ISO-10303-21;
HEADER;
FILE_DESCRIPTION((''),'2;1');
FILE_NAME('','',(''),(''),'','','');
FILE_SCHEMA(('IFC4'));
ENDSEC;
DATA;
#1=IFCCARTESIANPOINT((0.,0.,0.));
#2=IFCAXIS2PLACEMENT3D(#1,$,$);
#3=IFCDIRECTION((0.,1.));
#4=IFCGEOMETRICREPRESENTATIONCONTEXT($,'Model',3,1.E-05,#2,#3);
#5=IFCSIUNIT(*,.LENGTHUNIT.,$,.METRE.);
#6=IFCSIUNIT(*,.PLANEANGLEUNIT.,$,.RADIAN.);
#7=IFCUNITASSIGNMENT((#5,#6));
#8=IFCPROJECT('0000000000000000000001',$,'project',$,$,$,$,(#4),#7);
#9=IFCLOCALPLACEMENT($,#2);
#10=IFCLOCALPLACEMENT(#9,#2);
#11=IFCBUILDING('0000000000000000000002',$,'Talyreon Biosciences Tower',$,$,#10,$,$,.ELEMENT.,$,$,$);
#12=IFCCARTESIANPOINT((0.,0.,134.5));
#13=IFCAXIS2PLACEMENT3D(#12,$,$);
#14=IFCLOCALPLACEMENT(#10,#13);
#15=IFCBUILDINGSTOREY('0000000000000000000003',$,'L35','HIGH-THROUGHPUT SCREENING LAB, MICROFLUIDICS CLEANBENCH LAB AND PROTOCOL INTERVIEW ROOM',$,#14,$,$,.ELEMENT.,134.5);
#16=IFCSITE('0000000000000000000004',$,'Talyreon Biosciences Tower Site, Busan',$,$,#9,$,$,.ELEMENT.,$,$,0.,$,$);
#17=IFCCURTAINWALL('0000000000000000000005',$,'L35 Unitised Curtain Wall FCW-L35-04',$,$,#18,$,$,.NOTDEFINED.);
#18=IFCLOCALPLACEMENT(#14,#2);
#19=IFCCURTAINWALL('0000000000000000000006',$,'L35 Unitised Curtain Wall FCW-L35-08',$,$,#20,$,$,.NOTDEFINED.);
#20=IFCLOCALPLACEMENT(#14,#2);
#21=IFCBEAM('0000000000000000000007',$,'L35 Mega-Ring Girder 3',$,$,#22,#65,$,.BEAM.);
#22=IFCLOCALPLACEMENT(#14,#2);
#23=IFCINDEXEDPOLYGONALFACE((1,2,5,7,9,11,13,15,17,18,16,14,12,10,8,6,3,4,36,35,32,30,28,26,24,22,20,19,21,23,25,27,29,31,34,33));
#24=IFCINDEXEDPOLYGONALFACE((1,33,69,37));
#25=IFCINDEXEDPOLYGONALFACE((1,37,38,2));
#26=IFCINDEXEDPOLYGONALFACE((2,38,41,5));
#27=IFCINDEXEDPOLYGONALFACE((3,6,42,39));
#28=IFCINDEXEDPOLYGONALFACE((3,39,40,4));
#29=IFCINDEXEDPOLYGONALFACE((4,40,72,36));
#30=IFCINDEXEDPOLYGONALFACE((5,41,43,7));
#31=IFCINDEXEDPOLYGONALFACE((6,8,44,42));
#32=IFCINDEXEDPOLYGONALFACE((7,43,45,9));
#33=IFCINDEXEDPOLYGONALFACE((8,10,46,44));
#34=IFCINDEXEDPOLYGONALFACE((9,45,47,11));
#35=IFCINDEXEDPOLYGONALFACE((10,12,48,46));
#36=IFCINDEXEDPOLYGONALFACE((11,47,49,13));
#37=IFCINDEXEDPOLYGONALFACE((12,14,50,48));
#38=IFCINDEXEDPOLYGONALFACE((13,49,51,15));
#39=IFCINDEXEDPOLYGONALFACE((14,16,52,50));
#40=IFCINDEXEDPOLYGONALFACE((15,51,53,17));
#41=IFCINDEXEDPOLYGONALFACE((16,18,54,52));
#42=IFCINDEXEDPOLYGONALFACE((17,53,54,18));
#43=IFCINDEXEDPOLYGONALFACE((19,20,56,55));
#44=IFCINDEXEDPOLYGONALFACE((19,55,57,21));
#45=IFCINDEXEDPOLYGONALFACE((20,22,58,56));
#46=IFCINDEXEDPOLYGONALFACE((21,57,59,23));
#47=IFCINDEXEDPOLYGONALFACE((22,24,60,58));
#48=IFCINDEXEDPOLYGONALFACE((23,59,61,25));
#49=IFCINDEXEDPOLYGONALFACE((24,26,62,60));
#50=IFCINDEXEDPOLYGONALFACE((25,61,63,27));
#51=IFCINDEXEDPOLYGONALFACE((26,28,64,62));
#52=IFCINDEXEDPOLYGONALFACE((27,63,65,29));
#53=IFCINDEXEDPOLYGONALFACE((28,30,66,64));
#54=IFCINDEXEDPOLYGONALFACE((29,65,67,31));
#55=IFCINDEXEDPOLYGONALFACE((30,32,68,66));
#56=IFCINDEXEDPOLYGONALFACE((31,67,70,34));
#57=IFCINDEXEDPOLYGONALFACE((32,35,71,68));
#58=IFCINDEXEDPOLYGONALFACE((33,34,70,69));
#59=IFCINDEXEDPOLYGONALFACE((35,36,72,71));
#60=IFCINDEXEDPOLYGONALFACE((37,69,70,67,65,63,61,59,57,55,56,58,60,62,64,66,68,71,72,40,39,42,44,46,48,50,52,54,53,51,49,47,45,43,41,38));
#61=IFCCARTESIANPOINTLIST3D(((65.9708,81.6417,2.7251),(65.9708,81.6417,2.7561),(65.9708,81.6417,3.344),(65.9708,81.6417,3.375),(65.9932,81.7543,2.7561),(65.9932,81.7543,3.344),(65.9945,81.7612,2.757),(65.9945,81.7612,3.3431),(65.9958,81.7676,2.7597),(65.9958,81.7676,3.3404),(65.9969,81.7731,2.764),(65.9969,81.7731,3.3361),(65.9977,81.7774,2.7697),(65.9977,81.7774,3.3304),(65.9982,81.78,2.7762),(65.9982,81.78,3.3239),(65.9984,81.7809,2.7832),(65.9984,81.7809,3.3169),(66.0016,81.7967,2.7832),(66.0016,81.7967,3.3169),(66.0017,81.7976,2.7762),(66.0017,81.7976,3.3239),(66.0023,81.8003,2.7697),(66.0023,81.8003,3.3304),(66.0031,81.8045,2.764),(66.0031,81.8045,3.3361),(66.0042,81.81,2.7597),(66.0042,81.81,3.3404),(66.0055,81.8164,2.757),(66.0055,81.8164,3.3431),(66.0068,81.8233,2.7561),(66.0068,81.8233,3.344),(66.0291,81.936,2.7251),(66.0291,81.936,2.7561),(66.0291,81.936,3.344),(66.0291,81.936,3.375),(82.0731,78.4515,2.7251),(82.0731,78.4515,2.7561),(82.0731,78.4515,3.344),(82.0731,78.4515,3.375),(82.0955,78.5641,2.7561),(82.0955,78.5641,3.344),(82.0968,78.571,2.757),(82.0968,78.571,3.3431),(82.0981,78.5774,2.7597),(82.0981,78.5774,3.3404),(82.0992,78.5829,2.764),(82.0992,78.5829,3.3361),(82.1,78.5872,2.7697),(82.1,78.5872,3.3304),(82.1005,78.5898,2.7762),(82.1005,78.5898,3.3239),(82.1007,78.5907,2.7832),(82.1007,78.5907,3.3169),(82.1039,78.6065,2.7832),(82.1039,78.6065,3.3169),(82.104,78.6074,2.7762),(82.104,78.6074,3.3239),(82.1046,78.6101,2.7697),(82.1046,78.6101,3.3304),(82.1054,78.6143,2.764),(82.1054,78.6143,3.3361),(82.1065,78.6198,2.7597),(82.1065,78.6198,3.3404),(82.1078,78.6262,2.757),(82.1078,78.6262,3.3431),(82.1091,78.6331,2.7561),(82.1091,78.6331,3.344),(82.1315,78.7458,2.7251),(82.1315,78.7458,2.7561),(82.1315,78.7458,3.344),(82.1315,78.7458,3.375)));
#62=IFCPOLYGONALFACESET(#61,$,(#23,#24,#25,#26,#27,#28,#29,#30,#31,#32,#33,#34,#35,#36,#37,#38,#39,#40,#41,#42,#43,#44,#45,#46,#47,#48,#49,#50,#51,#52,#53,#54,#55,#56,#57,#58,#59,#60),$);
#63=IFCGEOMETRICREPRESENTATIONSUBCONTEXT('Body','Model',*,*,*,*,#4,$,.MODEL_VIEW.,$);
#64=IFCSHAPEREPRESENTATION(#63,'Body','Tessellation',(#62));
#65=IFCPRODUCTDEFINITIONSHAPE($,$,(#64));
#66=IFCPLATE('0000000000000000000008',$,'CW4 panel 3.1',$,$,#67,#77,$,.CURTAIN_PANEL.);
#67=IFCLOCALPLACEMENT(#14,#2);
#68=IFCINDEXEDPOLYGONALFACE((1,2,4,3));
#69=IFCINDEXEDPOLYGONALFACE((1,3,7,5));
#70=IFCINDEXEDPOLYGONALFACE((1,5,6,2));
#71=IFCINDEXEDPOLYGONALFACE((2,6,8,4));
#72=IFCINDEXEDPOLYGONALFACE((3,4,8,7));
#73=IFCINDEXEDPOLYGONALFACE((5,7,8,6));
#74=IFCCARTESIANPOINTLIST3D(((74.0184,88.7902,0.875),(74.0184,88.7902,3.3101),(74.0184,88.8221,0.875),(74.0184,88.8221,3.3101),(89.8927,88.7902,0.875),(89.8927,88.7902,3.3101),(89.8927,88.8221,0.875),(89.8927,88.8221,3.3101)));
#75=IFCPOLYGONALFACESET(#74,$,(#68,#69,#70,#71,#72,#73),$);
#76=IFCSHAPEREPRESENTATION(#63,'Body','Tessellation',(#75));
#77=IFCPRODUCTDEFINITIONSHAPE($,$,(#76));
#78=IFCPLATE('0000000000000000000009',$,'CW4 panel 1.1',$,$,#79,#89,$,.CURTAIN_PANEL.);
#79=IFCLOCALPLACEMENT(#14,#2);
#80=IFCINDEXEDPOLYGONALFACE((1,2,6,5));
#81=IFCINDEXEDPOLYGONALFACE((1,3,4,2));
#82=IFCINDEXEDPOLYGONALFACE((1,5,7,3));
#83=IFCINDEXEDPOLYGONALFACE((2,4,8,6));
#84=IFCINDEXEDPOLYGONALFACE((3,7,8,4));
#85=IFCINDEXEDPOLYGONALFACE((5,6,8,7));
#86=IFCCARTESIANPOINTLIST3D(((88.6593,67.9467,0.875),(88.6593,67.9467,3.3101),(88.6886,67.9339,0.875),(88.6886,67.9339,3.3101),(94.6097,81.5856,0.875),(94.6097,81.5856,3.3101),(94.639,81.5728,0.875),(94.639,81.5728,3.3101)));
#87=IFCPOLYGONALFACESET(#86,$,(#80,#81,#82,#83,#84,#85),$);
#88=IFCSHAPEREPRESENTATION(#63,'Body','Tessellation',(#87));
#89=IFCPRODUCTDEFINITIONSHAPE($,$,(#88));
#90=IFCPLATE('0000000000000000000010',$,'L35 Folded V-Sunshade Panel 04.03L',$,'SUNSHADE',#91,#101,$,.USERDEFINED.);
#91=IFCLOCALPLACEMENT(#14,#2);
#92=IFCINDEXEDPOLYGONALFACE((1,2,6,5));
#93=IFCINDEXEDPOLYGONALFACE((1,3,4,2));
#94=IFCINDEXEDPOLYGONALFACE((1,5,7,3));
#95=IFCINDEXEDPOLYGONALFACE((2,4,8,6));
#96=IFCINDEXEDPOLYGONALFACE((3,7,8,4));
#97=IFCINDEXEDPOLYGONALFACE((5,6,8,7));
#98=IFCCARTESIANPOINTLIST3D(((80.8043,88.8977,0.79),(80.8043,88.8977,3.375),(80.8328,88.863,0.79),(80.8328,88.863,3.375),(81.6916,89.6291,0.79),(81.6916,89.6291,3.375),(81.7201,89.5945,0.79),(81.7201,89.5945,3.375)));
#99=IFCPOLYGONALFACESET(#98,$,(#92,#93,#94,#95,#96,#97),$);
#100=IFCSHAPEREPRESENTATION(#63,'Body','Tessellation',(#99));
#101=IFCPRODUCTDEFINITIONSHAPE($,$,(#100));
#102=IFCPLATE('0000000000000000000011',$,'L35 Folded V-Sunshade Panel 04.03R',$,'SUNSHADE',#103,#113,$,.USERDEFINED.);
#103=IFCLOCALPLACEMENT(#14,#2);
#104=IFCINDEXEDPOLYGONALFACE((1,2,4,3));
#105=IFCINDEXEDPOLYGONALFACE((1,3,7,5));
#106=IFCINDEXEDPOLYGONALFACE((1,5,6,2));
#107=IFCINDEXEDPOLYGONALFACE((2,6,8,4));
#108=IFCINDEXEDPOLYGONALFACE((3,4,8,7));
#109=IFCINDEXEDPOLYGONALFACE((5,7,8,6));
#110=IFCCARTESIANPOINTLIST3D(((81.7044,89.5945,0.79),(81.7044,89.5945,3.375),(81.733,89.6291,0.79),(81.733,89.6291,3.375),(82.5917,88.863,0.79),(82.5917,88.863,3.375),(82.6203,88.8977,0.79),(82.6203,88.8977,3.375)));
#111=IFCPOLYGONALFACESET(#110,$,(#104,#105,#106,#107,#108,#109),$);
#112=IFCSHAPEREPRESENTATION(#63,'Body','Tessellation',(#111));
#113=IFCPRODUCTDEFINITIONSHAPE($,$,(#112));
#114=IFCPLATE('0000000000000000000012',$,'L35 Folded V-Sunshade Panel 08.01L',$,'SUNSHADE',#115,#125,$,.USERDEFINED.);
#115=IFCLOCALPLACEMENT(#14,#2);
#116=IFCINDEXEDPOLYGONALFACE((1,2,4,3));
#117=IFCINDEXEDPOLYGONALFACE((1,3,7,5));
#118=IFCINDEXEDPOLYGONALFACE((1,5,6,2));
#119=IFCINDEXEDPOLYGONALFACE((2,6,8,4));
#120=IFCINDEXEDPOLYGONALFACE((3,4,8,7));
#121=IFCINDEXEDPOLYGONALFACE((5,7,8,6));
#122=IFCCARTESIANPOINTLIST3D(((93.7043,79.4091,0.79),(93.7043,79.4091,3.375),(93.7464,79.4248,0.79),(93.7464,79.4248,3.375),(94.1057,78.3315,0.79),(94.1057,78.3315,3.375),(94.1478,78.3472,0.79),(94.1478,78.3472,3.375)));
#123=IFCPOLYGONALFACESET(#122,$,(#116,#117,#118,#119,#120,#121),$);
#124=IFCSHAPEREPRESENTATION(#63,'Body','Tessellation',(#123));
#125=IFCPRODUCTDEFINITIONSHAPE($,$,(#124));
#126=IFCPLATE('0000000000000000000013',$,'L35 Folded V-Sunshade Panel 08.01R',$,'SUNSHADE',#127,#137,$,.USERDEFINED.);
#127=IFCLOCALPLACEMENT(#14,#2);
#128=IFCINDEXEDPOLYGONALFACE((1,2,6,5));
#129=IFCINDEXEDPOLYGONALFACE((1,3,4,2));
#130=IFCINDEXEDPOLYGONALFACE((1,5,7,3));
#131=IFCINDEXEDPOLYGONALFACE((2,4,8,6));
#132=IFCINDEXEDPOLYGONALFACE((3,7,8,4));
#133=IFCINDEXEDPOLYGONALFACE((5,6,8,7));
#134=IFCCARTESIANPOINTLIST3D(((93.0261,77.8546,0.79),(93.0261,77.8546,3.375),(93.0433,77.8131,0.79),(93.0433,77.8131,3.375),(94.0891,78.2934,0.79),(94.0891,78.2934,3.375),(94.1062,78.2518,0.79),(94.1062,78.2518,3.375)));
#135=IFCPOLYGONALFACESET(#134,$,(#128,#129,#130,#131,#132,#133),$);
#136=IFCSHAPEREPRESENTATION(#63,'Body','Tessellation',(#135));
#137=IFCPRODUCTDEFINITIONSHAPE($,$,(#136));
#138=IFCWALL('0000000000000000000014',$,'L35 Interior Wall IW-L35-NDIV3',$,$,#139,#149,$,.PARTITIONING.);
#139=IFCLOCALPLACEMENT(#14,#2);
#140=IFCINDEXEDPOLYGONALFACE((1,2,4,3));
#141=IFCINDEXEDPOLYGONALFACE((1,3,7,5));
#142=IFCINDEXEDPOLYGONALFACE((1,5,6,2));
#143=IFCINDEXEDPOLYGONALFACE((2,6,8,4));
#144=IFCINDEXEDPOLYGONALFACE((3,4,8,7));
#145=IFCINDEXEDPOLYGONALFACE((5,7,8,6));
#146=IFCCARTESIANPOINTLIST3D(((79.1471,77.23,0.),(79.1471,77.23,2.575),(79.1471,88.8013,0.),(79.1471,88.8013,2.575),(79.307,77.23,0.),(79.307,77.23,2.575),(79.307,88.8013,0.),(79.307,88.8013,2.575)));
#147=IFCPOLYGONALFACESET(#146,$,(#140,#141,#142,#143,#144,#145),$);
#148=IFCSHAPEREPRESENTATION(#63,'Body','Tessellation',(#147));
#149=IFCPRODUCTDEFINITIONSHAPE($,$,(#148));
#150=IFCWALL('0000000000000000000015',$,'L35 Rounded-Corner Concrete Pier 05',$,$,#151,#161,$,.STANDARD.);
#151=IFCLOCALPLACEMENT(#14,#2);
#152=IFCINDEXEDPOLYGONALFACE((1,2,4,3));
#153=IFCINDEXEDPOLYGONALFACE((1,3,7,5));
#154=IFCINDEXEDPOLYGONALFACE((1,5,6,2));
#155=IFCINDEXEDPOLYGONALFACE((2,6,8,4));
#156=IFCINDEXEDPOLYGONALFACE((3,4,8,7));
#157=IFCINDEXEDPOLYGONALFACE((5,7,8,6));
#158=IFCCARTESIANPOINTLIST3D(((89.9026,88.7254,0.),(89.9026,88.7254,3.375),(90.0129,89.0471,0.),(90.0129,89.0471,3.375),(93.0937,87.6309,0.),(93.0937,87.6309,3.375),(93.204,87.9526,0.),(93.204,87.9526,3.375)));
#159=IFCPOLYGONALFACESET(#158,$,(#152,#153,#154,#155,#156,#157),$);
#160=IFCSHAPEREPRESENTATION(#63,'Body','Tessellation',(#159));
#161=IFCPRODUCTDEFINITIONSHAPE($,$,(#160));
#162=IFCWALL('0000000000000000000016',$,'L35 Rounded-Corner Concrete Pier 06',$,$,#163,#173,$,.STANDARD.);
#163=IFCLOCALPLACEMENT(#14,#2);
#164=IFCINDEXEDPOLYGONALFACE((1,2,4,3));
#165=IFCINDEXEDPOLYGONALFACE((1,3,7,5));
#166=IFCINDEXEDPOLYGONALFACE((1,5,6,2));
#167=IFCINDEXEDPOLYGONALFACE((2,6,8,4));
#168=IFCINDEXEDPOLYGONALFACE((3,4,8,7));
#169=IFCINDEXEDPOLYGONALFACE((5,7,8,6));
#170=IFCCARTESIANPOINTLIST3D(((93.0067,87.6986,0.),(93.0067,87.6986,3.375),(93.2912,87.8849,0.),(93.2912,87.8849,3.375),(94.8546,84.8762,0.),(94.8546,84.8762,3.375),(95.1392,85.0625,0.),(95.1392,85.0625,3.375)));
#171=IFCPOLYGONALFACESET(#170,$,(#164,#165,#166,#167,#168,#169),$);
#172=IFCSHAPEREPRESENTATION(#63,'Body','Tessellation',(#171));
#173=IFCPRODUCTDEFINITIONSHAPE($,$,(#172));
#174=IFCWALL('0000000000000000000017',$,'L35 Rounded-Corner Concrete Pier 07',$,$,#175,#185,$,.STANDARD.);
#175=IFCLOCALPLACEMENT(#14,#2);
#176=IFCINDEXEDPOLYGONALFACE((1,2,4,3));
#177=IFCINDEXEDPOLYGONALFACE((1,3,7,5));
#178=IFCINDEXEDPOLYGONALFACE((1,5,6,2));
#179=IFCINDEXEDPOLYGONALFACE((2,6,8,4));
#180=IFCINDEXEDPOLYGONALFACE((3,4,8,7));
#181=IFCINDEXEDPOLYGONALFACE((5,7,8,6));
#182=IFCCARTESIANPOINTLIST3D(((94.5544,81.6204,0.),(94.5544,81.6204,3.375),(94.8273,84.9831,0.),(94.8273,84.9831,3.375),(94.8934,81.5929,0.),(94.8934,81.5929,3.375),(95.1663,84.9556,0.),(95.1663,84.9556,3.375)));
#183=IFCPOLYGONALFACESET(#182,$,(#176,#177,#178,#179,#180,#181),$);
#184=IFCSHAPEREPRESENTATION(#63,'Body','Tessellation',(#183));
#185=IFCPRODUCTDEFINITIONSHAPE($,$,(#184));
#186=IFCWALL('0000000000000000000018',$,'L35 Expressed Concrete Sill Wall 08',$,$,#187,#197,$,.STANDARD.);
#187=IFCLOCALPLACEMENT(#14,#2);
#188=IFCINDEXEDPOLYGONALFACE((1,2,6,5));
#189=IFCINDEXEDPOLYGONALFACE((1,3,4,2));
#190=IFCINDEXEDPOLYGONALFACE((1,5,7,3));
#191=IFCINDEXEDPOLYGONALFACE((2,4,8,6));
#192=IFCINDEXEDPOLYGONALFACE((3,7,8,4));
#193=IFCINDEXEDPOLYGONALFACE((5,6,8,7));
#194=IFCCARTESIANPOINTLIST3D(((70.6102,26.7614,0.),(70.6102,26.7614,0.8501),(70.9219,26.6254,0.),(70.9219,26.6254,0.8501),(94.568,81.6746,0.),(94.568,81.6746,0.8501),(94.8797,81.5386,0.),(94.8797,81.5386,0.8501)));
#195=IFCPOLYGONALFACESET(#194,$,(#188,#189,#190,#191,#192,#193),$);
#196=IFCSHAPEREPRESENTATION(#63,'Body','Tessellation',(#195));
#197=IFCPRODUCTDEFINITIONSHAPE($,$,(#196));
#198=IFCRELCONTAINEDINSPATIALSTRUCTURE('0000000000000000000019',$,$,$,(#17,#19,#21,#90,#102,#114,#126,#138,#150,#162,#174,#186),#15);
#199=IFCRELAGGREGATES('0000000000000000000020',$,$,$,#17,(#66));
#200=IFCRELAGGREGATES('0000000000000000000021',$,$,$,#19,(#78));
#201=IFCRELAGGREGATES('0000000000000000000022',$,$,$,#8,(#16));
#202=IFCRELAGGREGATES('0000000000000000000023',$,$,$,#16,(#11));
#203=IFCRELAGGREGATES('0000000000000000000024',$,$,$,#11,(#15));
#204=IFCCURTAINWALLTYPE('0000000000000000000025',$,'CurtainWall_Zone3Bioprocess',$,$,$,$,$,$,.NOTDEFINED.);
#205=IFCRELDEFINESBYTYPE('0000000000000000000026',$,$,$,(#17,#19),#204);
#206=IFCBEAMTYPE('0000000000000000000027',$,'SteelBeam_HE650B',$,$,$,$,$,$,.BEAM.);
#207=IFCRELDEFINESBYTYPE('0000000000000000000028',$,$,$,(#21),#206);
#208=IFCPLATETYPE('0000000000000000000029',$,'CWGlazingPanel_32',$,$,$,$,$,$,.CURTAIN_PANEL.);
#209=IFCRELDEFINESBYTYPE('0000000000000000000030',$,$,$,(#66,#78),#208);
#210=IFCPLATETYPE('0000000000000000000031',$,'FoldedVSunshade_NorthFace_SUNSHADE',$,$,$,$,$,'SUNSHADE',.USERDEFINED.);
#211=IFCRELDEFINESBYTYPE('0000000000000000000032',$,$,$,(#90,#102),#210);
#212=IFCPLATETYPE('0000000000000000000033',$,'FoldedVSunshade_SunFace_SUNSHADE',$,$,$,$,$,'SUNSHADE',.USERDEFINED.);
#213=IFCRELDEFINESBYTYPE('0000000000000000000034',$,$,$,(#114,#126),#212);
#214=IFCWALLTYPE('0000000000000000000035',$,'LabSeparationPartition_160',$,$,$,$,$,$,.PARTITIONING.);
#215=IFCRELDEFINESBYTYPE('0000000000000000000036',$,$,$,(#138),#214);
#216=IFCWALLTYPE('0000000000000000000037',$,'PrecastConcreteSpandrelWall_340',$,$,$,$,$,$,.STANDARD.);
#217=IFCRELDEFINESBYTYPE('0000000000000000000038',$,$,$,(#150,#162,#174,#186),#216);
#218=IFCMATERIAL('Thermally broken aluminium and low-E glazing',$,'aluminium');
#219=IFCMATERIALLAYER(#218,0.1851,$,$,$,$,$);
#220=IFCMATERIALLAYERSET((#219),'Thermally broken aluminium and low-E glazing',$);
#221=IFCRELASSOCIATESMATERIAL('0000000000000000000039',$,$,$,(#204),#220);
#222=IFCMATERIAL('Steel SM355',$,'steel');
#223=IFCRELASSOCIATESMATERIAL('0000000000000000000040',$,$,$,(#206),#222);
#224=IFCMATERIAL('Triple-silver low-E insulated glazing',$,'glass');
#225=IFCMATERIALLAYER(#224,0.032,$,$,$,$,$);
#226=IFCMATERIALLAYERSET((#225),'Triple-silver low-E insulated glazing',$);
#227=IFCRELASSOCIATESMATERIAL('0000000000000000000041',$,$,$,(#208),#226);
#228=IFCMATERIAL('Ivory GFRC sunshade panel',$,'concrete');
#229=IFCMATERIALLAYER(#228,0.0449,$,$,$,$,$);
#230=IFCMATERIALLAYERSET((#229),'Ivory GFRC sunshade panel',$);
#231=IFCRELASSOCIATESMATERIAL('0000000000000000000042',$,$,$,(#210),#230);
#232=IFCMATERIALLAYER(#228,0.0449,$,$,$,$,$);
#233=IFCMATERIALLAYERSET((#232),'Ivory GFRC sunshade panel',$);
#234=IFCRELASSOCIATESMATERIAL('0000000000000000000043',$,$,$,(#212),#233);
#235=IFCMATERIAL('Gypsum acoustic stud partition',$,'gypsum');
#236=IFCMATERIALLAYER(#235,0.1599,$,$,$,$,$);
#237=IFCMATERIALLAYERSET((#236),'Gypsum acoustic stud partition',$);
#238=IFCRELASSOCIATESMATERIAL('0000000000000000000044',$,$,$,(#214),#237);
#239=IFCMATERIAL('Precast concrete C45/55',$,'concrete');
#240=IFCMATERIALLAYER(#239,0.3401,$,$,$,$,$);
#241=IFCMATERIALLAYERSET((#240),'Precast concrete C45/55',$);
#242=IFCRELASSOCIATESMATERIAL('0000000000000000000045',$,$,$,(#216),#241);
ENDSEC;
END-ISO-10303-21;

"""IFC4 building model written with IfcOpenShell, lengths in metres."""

from ifc_helpers import new_model, si_unit, direction, frame, frame_2d, origin, origin_2d, place, context, subcontext, project, spatial, rectangle, i_section, extrude, material, layer, layer_set, material_profile, profile_set, type_object, element, aggregate, save


model = new_model("IFC4")

# Units and contexts
model_context = context("Model", 3, precision=1e-05, world=origin(), true_north=direction((0.0, 1.0)))
body_context = subcontext(model_context, "Body", "Model", "MODEL_VIEW")
ifc_project = project(units=[si_unit("LENGTHUNIT", "METRE"), si_unit("PLANEANGLEUNIT", "RADIAN")], contexts=[model_context])

# Site, building, storey
site_placement = place(None, origin())
site = spatial("IfcSite", under=ifc_project, at=site_placement, Name="Talyreon Biosciences Tower Site, Busan", CompositionType="ELEMENT", RefElevation=0.0)
building_placement = place(site_placement, origin())
building = spatial("IfcBuilding", under=site, at=building_placement, Name="Talyreon Biosciences Tower", CompositionType="ELEMENT")
storey_placement = place(building_placement, frame((0.0, 0.0, 134.5)))
storey = spatial("IfcBuildingStorey", under=building, at=storey_placement, Name="L35", Description="HIGH-THROUGHPUT SCREENING LAB, MICROFLUIDICS CLEANBENCH LAB AND PROTOCOL INTERVIEW ROOM", CompositionType="ELEMENT", Elevation=134.5)

# Curtain wall
ifc_material_1 = material(Name="Thermally broken aluminium and low-E glazing", Category="aluminium")
ifc_layer_1 = layer(ifc_material_1, 0.1851)
ifc_layer_set_1 = layer_set([ifc_layer_1], Name="Thermally broken aluminium and low-E glazing")
curtain_wall_type = type_object("IfcCurtainWallType", Name="CurtainWall_Zone3Bioprocess", PredefinedType="NOTDEFINED", material=ifc_layer_set_1)
curtain_wall_1_placement = place(storey_placement, origin())
curtain_wall_1 = element("IfcCurtainWall", 1, at=curtain_wall_1_placement, inside=storey, type_object=curtain_wall_type, Name="L35 Unitised Curtain Wall FCW-L35-04", PredefinedType="NOTDEFINED")

# Curtain wall
curtain_wall_2_placement = place(storey_placement, origin())
curtain_wall_2 = element("IfcCurtainWall", 2, at=curtain_wall_2_placement, inside=storey, type_object=curtain_wall_type, Name="L35 Unitised Curtain Wall FCW-L35-08", PredefinedType="NOTDEFINED")

# Beam
ifc_material_2 = material(Name="Precast concrete C45/55", Category="concrete")
ifc_material_3 = material(Name="Steel SM355", Category="steel")
ifc_material_profile_1 = material_profile(ifc_material_3, i_section(OverallWidth=0.3, OverallDepth=0.6499, WebThickness=0.0161, FlangeThickness=0.031, FilletRadius=0.0271, at=origin_2d()), Name="HE650B")
ifc_profile_set_1 = profile_set([ifc_material_profile_1], Name="Steel SM355")
beam_type_1 = type_object("IfcBeamType", Name="SteelBeam_HE650B", PredefinedType="BEAM", material=ifc_profile_set_1)
beam_1_placement = place(storey_placement, frame((82.1023, 78.5986, 3.05), z_axis=(-0.980934, 0.194343, 0.0), x_axis=(-0.194343, -0.980934, 0.0)))
element("IfcBeam", 3, at=beam_1_placement, inside=storey, type_object=beam_type_1, Name="L35 Mega-Ring Girder 3", PredefinedType="BEAM", context=body_context, shape_type="SweptSolid", body=[
    extrude(i_section(OverallWidth=0.3, OverallDepth=0.6499, WebThickness=0.0161, FlangeThickness=0.031, FilletRadius=0.0271, at=origin_2d()), origin(), (0.0, 0.0, 1.0), 16.4153),
])

# Plates
ifc_material_4 = material(Name="Triple-silver low-E insulated glazing", Category="glass")
ifc_layer_2 = layer(ifc_material_4, 0.032)
ifc_layer_set_2 = layer_set([ifc_layer_2], Name="Triple-silver low-E insulated glazing")
plate_type_1 = type_object("IfcPlateType", Name="CWGlazingPanel_32", PredefinedType="CURTAIN_PANEL", material=ifc_layer_set_2)
plate_1_placement = place(storey_placement, frame((81.9556, 88.8062, 0.875), z_axis=(0.0, 0.0, 1.0), x_axis=(1.0, 0.0, 0.0)))
plate_1 = element("IfcPlate", 4, at=plate_1_placement, type_object=plate_type_1, Name="CW4 panel 3.1", PredefinedType="CURTAIN_PANEL", context=body_context, shape_type="SweptSolid", body=[
    extrude(rectangle(XDim=15.8743, YDim=0.032, at=origin_2d()), origin(), (0.0, 0.0, 1.0), 2.4351),
])
aggregate(curtain_wall_1, [plate_1])
plate_2_placement = place(storey_placement, frame((91.6492, 74.7598, 0.875), z_axis=(0.0, 0.0, 1.0), x_axis=(-0.399882, -0.916566, 0.0)))
plate_2 = element("IfcPlate", 5, at=plate_2_placement, type_object=plate_type_1, Name="CW4 panel 1.1", PredefinedType="CURTAIN_PANEL", context=body_context, shape_type="SweptSolid", body=[
    extrude(rectangle(XDim=14.8804, YDim=0.032, at=origin_2d()), origin(), (0.0, 0.0, 1.0), 2.4351),
])
aggregate(curtain_wall_2, [plate_2])

# Plates
ifc_material_5 = material(Name="Ivory GFRC sunshade panel", Category="concrete")
ifc_layer_3 = layer(ifc_material_5, 0.0449)
ifc_layer_set_3 = layer_set([ifc_layer_3], Name="Ivory GFRC sunshade panel")
plate_type_2 = type_object("IfcPlateType", Name="FoldedVSunshade_NorthFace_SUNSHADE", ElementType="SUNSHADE", PredefinedType="USERDEFINED", material=ifc_layer_set_3)
for number, where, z_axis, x_axis, name in (
    (6, (81.2622, 89.2461, 0.79), (0.0, 0.0, 1.0), (0.771625, 0.636078, 0.0), "L35 Folded V-Sunshade Panel 04.03L"),
    (7, (82.1624, 89.2461, 0.79), (0.0, 0.0, 1.0), (0.771625, -0.636078, 0.0), "L35 Folded V-Sunshade Panel 04.03R"),
):
    element("IfcPlate", number, at=place(storey_placement, frame(where, z_axis=z_axis, x_axis=x_axis)), inside=storey, type_object=plate_type_2, Name=name, ObjectType="SUNSHADE", PredefinedType="USERDEFINED", context=body_context, shape_type="SweptSolid", body=[
        extrude(rectangle(XDim=1.1499, YDim=0.0449, at=origin_2d()), origin(), (0.0, 0.0, 1.0), 2.585),
    ])
ifc_layer_4 = layer(ifc_material_5, 0.0449)
ifc_layer_set_4 = layer_set([ifc_layer_4], Name="Ivory GFRC sunshade panel")
plate_type_3 = type_object("IfcPlateType", Name="FoldedVSunshade_SunFace_SUNSHADE", ElementType="SUNSHADE", PredefinedType="USERDEFINED", material=ifc_layer_set_4)
for number, where, z_axis, x_axis, name in (
    (8, (93.926, 78.8782, 0.79), (0.0, 0.0, 1.0), (0.349046, -0.937105, 0.0), "L35 Folded V-Sunshade Panel 08.01L"),
    (9, (93.5662, 78.0532, 0.79), (0.0, 0.0, 1.0), (-0.924353, -0.381538, 0.0), "L35 Folded V-Sunshade Panel 08.01R"),
):
    element("IfcPlate", number, at=place(storey_placement, frame(where, z_axis=z_axis, x_axis=x_axis)), inside=storey, type_object=plate_type_3, Name=name, ObjectType="SUNSHADE", PredefinedType="USERDEFINED", context=body_context, shape_type="SweptSolid", body=[
        extrude(rectangle(XDim=1.1499, YDim=0.0449, at=origin_2d()), origin(), (0.0, 0.0, 1.0), 2.585),
    ])

# Walls
ifc_material_6 = material(Name="Gypsum acoustic stud partition", Category="gypsum")
ifc_layer_5 = layer(ifc_material_6, 0.1599)
ifc_layer_set_5 = layer_set([ifc_layer_5], Name="Gypsum acoustic stud partition")
wall_type_1 = type_object("IfcWallType", Name="LabSeparationPartition_160", PredefinedType="PARTITIONING", material=ifc_layer_set_5)
wall_1_placement = place(storey_placement, frame((79.2271, 77.23, 0.0), z_axis=(0.0, 0.0, 1.0), x_axis=(0.0, 1.0, 0.0)))
element("IfcWall", 10, at=wall_1_placement, inside=storey, type_object=wall_type_1, Name="L35 Interior Wall IW-L35-NDIV3", PredefinedType="PARTITIONING", context=body_context, shape_type="SweptSolid", body=[
    extrude(rectangle(XDim=11.5713, YDim=0.1599, at=frame_2d((5.7856, 0.0))), origin(), (0.0, 0.0, 1.0), 2.575),
])
ifc_layer_6 = layer(ifc_material_2, 0.3401)
ifc_layer_set_6 = layer_set([ifc_layer_6], Name="Precast concrete C45/55")
wall_type_2 = type_object("IfcWallType", Name="PrecastConcreteSpandrelWall_340", PredefinedType="STANDARD", material=ifc_layer_set_6)
for number, where, z_axis, x_axis, name in (
    (11, (89.9578, 88.8862, 0.0), (0.0, 0.0, 1.0), (0.945912, -0.324422, 0.0), "L35 Rounded-Corner Concrete Pier 05"),
    (12, (93.1489, 87.7917, 0.0), (0.0, 0.0, 1.0), (0.547784, -0.83662, 0.0), "L35 Rounded-Corner Concrete Pier 06"),
):
    element("IfcWall", number, at=place(storey_placement, frame(where, z_axis=z_axis, x_axis=x_axis)), inside=storey, type_object=wall_type_2, Name=name, PredefinedType="STANDARD", context=body_context, shape_type="SweptSolid", body=[
        extrude(rectangle(XDim=3.3735, YDim=0.3401, at=frame_2d((1.6868, 0.0))), origin(), (0.0, 0.0, 1.0), 3.375),
    ])
wall_2_placement = place(storey_placement, frame((94.9968, 84.9695, 0.0), z_axis=(0.0, 0.0, 1.0), x_axis=(-0.080901, -0.996722, 0.0)))
element("IfcWall", 13, at=wall_2_placement, inside=storey, type_object=wall_type_2, Name="L35 Rounded-Corner Concrete Pier 07", PredefinedType="STANDARD", context=body_context, shape_type="SweptSolid", body=[
    extrude(rectangle(XDim=3.3738, YDim=0.3401, at=frame_2d((1.687, 0.0))), origin(), (0.0, 0.0, 1.0), 3.375),
])
wall_3_placement = place(storey_placement, frame((94.7239, 81.6067, 0.0), z_axis=(0.0, 0.0, 1.0), x_axis=(-0.399884, -0.916566, 0.0)))
element("IfcWall", 14, at=wall_3_placement, inside=storey, type_object=wall_type_2, Name="L35 Expressed Concrete Sill Wall 08", PredefinedType="STANDARD", context=body_context, shape_type="SweptSolid", body=[
    extrude(rectangle(XDim=59.9119, YDim=0.3401, at=frame_2d((29.9561, 0.0))), origin(), (0.0, 0.0, 1.0), 0.8501),
])

save(model, "model.ifc")
